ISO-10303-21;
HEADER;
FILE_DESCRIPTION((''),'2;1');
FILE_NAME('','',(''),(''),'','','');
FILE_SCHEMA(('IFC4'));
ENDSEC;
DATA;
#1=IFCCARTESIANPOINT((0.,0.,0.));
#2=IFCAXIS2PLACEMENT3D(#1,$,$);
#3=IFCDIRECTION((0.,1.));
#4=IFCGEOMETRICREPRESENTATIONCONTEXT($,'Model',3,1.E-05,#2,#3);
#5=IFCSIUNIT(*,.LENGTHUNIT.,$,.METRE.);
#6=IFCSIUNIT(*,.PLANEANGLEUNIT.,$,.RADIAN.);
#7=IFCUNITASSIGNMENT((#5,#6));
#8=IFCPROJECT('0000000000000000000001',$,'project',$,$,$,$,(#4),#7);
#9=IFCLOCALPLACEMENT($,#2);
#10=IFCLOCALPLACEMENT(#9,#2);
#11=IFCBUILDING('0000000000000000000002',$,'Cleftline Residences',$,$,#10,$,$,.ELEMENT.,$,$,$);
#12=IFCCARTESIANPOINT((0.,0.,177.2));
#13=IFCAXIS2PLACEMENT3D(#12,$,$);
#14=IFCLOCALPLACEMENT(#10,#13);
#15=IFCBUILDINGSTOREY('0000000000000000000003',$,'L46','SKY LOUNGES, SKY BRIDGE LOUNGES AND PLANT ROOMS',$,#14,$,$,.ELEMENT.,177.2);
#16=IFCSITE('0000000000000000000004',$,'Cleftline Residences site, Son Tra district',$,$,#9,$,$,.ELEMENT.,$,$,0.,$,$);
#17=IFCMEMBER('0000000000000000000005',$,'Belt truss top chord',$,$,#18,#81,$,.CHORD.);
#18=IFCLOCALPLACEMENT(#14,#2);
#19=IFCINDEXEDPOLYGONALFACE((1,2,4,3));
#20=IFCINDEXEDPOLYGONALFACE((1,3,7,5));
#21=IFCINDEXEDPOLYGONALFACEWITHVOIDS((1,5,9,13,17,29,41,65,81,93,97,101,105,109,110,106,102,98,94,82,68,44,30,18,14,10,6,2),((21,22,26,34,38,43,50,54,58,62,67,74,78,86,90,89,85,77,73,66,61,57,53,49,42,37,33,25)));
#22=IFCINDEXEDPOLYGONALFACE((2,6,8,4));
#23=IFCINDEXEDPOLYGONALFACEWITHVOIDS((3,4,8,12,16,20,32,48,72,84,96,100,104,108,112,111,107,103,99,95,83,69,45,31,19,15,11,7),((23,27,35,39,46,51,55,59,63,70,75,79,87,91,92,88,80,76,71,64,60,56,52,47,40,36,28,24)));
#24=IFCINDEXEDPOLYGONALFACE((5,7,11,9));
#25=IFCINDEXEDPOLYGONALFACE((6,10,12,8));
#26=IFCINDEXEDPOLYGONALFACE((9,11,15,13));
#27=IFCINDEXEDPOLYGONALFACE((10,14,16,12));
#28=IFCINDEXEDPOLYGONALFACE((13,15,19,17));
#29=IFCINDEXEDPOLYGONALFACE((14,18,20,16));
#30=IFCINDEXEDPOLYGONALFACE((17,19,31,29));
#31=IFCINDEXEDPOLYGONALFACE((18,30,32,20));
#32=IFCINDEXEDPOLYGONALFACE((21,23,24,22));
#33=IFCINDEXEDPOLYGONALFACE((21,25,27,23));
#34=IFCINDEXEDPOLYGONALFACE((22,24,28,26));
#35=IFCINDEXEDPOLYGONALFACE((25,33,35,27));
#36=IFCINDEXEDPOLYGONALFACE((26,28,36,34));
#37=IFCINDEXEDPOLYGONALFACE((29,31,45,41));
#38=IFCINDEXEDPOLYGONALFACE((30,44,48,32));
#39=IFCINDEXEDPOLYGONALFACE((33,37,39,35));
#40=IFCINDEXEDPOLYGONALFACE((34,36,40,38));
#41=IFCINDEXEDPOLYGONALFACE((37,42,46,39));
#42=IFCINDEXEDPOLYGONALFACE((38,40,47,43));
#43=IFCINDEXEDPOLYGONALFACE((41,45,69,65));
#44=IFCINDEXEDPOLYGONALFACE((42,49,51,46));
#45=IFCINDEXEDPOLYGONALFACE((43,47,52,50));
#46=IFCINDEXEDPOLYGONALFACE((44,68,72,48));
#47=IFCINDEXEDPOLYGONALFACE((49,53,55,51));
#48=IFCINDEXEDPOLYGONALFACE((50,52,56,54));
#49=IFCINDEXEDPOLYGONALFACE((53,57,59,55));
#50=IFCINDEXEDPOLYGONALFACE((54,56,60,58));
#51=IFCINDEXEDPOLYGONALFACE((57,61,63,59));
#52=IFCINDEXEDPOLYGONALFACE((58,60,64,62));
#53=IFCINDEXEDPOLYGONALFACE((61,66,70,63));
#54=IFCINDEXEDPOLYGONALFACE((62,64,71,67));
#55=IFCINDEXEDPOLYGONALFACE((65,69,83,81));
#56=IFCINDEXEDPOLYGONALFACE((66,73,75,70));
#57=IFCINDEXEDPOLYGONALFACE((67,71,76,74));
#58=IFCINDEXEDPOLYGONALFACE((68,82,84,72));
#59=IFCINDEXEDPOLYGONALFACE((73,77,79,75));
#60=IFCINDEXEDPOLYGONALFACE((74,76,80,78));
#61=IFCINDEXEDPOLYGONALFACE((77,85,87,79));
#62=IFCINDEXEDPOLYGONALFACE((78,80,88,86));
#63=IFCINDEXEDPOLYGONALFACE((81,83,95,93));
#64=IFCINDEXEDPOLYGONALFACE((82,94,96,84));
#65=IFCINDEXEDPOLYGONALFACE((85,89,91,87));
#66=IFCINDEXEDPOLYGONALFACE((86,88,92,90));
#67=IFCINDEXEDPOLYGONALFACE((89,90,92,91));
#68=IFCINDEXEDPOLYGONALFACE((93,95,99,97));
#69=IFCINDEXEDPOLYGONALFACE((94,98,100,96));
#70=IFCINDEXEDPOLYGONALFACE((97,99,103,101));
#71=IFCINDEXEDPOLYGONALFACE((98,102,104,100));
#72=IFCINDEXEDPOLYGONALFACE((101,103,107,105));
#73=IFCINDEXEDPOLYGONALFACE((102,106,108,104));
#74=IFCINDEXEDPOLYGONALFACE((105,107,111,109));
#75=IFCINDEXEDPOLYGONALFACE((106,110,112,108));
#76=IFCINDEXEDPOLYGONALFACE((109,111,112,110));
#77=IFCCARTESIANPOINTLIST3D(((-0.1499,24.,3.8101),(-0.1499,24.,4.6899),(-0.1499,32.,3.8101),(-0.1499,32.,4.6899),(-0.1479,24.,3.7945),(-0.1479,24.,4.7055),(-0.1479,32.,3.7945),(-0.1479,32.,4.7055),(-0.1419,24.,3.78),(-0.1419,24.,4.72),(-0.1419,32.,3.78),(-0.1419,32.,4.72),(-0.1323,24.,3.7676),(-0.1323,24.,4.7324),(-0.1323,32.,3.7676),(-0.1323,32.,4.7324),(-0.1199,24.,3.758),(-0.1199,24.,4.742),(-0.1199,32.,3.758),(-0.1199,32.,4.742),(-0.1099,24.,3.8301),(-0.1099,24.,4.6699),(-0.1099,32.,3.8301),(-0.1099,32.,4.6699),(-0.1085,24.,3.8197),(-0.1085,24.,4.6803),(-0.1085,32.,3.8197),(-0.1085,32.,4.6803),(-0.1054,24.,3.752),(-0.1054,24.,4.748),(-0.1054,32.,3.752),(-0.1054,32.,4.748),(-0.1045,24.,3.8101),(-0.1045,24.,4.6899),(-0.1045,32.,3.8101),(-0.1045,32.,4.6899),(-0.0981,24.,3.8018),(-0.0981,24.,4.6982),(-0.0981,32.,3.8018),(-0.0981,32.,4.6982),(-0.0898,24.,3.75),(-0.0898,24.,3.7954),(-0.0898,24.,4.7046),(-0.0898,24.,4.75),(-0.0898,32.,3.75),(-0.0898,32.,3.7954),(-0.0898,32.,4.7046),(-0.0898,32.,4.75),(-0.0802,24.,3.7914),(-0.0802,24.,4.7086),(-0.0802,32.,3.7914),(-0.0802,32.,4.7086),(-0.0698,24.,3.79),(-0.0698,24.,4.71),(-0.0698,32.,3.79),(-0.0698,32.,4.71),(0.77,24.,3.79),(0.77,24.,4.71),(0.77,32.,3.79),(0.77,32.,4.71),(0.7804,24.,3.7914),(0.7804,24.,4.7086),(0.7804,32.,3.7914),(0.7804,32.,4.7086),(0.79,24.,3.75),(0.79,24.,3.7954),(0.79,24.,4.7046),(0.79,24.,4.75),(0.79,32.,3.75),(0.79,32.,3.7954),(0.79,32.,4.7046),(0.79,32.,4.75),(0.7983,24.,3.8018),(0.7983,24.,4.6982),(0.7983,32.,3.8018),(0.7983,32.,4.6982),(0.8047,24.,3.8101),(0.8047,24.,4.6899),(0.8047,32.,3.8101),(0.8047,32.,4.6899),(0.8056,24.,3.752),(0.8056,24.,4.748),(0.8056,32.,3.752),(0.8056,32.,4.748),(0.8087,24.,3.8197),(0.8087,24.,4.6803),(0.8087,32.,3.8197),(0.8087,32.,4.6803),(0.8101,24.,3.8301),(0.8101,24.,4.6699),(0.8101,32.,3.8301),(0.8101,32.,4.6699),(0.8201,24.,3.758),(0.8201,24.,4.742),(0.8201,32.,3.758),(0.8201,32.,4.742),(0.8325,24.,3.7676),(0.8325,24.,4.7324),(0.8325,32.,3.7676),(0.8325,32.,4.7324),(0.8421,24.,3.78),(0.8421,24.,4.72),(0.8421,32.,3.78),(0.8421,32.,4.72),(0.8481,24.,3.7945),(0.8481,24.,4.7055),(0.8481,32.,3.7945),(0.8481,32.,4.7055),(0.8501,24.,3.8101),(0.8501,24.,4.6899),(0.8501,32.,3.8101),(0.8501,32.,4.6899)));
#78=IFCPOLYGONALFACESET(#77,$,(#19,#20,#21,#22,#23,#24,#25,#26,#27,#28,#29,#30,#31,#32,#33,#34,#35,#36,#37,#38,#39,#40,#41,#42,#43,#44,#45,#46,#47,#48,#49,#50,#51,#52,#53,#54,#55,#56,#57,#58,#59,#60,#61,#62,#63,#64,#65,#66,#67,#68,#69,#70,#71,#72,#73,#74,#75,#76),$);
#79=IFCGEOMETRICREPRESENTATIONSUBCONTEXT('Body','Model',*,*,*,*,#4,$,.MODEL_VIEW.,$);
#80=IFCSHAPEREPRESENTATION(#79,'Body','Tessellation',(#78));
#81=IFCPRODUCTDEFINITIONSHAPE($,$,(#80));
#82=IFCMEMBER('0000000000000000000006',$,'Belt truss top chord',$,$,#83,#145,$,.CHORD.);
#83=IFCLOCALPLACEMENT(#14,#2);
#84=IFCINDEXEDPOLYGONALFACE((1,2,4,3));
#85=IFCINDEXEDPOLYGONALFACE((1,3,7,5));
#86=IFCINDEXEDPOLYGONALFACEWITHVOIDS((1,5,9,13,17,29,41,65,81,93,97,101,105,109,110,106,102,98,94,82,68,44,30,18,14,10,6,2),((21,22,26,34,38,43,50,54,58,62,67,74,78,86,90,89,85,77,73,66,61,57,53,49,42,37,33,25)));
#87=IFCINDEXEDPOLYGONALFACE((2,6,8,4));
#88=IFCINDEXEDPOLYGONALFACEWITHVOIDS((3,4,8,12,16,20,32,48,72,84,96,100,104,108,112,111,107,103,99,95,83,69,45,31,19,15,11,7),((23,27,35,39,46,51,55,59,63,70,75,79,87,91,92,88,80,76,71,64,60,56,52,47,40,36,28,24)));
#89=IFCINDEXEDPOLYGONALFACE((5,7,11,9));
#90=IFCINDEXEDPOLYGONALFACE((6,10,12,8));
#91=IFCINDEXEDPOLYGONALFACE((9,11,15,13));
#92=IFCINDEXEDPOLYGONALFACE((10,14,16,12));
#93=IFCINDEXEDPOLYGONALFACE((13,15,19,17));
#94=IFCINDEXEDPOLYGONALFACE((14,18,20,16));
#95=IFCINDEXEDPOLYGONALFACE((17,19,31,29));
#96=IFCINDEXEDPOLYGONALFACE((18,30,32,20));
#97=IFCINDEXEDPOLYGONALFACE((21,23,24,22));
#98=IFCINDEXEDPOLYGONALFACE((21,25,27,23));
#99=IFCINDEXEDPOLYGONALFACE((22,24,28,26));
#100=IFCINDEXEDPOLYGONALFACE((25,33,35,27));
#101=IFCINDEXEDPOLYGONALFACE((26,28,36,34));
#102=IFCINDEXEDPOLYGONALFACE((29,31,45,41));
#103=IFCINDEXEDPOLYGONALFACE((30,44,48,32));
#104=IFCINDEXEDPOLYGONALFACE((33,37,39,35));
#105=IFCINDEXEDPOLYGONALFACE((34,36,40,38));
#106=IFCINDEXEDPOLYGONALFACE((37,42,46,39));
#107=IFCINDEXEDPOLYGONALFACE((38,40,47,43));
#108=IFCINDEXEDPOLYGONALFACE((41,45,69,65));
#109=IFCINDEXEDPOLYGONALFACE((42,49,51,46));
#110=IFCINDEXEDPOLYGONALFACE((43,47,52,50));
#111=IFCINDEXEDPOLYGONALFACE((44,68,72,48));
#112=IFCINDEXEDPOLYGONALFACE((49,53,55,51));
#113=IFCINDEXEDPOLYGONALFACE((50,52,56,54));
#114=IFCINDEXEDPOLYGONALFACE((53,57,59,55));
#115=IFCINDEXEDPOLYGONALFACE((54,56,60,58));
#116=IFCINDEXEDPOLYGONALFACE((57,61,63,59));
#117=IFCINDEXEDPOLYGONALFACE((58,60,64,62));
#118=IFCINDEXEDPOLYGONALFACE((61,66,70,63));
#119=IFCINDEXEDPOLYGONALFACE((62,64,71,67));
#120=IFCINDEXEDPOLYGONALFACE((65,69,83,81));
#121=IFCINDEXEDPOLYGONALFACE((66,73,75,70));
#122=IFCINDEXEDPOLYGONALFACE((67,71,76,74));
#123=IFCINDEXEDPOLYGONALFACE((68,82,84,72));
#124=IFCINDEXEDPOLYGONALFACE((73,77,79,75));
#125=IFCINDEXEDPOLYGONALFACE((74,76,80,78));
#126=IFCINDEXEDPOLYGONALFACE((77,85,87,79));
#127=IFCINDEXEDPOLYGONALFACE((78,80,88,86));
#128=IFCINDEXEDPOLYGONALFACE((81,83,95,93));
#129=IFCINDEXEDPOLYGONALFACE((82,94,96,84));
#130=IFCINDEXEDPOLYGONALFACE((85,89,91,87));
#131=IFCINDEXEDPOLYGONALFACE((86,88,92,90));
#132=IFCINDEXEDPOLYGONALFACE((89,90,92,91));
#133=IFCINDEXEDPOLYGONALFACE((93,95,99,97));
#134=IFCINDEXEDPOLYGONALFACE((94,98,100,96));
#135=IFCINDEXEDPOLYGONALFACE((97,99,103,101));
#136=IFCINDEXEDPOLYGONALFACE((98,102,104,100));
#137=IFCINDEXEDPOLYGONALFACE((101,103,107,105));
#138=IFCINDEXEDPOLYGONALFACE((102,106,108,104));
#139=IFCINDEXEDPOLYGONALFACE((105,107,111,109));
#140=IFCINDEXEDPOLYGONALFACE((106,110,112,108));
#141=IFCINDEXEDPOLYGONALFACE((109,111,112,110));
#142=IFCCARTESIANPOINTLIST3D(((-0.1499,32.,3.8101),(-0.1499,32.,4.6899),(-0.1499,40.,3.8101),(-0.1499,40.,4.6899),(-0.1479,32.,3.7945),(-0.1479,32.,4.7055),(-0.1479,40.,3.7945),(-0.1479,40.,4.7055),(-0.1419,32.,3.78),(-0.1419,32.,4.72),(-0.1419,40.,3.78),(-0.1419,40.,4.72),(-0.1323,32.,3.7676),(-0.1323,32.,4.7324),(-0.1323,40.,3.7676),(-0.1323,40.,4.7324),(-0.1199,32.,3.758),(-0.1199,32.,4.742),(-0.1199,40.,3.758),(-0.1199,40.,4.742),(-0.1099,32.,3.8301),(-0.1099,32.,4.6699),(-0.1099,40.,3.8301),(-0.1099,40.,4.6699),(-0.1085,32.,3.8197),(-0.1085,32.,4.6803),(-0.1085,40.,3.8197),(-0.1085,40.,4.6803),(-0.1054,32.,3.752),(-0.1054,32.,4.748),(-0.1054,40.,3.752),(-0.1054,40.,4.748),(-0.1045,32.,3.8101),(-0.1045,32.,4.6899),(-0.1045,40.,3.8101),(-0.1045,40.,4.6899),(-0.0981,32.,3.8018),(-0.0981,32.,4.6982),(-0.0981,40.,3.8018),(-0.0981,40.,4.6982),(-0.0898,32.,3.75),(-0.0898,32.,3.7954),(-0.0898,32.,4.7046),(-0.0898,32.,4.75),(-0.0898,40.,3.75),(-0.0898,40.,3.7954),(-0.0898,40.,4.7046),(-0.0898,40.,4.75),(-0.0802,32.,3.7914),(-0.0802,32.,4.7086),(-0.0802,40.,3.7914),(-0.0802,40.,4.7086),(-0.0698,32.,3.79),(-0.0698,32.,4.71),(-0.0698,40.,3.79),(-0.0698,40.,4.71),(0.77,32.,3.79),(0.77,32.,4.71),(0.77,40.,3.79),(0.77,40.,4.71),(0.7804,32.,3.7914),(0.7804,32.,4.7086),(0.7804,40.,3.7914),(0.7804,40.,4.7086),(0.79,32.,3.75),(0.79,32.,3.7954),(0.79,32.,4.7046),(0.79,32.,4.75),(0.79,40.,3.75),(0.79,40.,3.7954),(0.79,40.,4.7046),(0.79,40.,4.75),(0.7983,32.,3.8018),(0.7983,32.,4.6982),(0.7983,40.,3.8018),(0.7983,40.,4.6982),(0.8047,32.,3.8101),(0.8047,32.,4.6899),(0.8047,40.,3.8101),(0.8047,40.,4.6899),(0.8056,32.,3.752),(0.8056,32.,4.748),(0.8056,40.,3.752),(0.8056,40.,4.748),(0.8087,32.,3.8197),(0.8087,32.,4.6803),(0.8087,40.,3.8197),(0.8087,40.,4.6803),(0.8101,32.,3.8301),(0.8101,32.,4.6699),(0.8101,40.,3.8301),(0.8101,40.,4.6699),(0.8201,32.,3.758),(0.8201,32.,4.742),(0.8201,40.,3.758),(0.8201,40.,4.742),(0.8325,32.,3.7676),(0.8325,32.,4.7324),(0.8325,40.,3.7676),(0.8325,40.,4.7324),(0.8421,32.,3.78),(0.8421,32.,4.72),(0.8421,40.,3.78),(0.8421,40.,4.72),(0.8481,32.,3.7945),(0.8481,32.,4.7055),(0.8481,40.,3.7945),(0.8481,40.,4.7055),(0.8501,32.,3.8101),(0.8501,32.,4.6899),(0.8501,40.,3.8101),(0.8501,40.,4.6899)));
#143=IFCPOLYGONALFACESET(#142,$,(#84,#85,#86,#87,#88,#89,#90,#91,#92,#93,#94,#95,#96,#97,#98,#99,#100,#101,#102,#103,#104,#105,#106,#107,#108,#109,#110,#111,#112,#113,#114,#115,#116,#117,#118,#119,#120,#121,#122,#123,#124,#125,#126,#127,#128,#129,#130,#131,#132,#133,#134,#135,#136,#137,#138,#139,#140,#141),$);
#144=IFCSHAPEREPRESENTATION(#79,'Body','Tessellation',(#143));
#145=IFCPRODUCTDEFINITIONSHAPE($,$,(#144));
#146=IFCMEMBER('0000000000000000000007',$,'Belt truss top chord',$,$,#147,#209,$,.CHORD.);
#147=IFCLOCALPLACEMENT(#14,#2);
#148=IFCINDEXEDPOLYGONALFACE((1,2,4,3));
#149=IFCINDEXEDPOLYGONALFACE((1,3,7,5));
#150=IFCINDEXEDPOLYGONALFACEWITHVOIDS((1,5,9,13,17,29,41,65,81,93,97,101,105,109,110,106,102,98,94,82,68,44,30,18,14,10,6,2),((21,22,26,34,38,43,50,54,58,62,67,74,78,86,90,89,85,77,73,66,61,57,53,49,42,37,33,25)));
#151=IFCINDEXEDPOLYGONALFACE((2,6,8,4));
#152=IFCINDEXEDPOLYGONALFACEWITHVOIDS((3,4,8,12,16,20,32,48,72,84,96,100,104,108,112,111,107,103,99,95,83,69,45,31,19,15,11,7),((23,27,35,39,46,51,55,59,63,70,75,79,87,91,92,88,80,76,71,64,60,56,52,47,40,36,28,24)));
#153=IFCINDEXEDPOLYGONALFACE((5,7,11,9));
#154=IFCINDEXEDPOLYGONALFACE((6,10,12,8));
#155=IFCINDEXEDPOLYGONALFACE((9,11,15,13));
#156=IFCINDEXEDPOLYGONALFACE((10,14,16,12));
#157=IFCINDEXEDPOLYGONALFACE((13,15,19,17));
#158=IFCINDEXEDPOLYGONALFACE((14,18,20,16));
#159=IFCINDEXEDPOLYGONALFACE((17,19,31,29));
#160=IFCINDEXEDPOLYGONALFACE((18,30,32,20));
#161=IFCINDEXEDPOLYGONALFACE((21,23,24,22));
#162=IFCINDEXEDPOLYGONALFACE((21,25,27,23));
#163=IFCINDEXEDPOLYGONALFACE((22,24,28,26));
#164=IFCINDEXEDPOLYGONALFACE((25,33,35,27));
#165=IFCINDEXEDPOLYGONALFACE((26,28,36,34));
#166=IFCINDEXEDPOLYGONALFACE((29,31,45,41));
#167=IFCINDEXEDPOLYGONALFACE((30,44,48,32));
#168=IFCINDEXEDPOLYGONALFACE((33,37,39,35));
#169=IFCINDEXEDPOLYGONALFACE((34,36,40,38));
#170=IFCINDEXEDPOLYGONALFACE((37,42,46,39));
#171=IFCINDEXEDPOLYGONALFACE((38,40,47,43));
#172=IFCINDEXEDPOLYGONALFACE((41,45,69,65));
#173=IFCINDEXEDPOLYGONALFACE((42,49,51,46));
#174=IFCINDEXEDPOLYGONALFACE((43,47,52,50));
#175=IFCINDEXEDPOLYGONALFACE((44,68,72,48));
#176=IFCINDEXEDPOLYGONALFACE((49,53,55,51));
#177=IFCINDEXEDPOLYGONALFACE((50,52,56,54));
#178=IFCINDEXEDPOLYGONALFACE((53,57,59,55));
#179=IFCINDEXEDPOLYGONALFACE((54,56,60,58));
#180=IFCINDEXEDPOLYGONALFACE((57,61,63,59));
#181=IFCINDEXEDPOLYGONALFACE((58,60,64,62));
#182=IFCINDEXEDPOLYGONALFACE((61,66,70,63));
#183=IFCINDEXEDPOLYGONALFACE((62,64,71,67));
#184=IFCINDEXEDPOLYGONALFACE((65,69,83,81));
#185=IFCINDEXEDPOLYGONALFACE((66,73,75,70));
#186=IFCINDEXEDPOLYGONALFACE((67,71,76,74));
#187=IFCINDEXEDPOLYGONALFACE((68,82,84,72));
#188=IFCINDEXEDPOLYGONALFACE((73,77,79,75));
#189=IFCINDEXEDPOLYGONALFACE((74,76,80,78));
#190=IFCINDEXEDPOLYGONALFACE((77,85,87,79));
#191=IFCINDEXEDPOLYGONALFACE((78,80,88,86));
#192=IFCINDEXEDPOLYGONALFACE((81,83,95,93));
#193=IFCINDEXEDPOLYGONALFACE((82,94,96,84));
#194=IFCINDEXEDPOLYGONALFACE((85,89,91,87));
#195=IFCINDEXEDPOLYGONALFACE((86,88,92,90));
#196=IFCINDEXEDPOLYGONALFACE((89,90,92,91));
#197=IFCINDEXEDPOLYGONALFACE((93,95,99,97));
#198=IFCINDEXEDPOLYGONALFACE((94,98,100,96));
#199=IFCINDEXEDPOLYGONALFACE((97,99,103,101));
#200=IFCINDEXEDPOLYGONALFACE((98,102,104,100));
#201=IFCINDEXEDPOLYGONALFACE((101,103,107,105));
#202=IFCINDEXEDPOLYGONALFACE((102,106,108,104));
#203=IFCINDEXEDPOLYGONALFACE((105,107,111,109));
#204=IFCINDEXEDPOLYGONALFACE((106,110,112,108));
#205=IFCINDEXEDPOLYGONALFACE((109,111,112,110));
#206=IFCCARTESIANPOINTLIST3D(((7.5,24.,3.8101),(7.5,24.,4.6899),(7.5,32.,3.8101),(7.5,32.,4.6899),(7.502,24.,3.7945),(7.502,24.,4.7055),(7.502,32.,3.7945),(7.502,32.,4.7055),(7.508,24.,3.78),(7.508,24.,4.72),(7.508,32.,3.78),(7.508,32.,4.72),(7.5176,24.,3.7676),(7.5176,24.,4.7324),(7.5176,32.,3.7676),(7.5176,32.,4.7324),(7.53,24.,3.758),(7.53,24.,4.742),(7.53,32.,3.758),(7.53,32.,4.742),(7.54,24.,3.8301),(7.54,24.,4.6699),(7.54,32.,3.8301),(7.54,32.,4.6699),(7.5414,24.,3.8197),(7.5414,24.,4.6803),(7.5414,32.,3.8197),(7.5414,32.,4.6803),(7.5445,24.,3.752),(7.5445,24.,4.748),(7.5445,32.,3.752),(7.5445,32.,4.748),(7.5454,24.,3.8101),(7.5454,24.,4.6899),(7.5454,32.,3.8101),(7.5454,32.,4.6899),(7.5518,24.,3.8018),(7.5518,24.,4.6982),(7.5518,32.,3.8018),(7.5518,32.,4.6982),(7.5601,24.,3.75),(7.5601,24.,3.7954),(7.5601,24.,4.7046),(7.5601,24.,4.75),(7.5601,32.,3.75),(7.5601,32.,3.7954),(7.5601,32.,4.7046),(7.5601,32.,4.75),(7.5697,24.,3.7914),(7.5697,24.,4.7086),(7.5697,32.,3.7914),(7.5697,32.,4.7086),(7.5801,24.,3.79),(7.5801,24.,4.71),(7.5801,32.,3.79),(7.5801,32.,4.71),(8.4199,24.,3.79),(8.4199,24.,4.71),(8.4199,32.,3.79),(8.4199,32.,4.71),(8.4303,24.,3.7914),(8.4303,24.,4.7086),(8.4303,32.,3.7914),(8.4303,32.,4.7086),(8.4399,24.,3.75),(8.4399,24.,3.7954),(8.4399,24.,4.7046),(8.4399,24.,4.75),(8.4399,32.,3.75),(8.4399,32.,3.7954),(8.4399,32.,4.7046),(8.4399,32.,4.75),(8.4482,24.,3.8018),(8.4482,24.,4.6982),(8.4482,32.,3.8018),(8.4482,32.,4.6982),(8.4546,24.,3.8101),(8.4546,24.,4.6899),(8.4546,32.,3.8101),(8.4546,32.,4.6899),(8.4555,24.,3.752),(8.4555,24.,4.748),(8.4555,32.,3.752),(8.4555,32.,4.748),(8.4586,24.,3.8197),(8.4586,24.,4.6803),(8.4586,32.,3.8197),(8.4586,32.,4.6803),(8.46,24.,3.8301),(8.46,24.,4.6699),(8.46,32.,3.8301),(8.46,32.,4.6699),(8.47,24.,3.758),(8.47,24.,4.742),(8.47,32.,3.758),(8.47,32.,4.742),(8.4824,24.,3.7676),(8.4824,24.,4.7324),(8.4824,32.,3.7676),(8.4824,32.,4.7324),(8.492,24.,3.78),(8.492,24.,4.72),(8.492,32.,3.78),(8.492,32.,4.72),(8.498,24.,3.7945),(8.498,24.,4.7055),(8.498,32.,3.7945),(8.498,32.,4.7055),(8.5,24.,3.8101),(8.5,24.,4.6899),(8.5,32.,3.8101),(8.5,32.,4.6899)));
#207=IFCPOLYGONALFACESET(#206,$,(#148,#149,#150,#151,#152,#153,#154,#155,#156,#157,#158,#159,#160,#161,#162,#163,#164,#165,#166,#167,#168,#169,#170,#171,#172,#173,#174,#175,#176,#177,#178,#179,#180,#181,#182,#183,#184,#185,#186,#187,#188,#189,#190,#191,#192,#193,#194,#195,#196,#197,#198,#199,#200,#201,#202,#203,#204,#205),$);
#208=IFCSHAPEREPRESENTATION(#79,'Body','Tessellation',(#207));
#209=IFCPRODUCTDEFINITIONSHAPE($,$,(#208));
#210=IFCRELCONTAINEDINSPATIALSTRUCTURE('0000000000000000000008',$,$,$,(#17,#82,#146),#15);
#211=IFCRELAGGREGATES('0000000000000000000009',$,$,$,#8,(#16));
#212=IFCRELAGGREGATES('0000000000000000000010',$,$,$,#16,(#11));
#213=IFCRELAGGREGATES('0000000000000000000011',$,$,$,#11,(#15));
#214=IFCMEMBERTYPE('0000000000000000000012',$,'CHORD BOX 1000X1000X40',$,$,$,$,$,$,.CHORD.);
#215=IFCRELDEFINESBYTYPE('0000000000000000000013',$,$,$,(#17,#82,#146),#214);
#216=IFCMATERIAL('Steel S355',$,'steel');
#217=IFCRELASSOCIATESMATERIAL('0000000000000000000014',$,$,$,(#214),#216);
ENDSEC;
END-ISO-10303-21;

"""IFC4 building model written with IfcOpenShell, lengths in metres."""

from ifc_helpers import new_model, si_unit, direction, frame, origin, origin_2d, place, context, subcontext, project, spatial, hollow_rectangle, extrude, material, material_profile, profile_set, type_object, element, save


model = new_model("IFC4")

# Units and contexts
model_context = context("Model", 3, precision=1e-05, world=origin(), true_north=direction((0.0, 1.0)))
body_context = subcontext(model_context, "Body", "Model", "MODEL_VIEW")
ifc_project = project(units=[si_unit("LENGTHUNIT", "METRE"), si_unit("PLANEANGLEUNIT", "RADIAN")], contexts=[model_context])

# Site, building, storey
site_placement = place(None, origin())
site = spatial("IfcSite", under=ifc_project, at=site_placement, Name="Cleftline Residences site, Son Tra district", CompositionType="ELEMENT", RefElevation=0.0)
building_placement = place(site_placement, origin())
building = spatial("IfcBuilding", under=site, at=building_placement, Name="Cleftline Residences", CompositionType="ELEMENT")
storey_placement = place(building_placement, frame((0.0, 0.0, 177.2)))
storey = spatial("IfcBuildingStorey", under=building, at=storey_placement, Name="L46", Description="SKY LOUNGES, SKY BRIDGE LOUNGES AND PLANT ROOMS", CompositionType="ELEMENT", Elevation=177.2)

# Members
ifc_material_1 = material(Name="Steel S355", Category="steel")
ifc_material_profile_1 = material_profile(ifc_material_1, hollow_rectangle(XDim=1.0, YDim=1.0, WallThickness=0.04, InnerFilletRadius=0.04, OuterFilletRadius=0.0601, at=origin_2d()))
ifc_profile_set_1 = profile_set([ifc_material_profile_1], Name="Steel S355")
member_type_1 = type_object("IfcMemberType", Name="CHORD BOX 1000X1000X40", PredefinedType="CHORD", material=ifc_profile_set_1)
for number, where, z_axis, x_axis, name in (
    (1, (0.3501, 24.0, 4.25), (0.0, 1.0, 0.0), (-1.0, 0.0, 0.0), "Belt truss top chord"),
    (2, (0.3501, 32.0, 4.25), (0.0, 1.0, 0.0), (-1.0, 0.0, 0.0), "Belt truss top chord"),
    (3, (8.0, 24.0, 4.25), (0.0, 1.0, 0.0), (-1.0, 0.0, 0.0), "Belt truss top chord"),
):
    element("IfcMember", number, at=place(storey_placement, frame(where, z_axis=z_axis, x_axis=x_axis)), inside=storey, type_object=member_type_1, Name=name, PredefinedType="CHORD", context=body_context, shape_type="SweptSolid", body=[
        extrude(hollow_rectangle(XDim=1.0, YDim=1.0, WallThickness=0.04, InnerFilletRadius=0.04, OuterFilletRadius=0.0601, at=origin_2d()), origin(), (0.0, 0.0, 1.0), 8.0),
    ])

save(model, "model.ifc")
